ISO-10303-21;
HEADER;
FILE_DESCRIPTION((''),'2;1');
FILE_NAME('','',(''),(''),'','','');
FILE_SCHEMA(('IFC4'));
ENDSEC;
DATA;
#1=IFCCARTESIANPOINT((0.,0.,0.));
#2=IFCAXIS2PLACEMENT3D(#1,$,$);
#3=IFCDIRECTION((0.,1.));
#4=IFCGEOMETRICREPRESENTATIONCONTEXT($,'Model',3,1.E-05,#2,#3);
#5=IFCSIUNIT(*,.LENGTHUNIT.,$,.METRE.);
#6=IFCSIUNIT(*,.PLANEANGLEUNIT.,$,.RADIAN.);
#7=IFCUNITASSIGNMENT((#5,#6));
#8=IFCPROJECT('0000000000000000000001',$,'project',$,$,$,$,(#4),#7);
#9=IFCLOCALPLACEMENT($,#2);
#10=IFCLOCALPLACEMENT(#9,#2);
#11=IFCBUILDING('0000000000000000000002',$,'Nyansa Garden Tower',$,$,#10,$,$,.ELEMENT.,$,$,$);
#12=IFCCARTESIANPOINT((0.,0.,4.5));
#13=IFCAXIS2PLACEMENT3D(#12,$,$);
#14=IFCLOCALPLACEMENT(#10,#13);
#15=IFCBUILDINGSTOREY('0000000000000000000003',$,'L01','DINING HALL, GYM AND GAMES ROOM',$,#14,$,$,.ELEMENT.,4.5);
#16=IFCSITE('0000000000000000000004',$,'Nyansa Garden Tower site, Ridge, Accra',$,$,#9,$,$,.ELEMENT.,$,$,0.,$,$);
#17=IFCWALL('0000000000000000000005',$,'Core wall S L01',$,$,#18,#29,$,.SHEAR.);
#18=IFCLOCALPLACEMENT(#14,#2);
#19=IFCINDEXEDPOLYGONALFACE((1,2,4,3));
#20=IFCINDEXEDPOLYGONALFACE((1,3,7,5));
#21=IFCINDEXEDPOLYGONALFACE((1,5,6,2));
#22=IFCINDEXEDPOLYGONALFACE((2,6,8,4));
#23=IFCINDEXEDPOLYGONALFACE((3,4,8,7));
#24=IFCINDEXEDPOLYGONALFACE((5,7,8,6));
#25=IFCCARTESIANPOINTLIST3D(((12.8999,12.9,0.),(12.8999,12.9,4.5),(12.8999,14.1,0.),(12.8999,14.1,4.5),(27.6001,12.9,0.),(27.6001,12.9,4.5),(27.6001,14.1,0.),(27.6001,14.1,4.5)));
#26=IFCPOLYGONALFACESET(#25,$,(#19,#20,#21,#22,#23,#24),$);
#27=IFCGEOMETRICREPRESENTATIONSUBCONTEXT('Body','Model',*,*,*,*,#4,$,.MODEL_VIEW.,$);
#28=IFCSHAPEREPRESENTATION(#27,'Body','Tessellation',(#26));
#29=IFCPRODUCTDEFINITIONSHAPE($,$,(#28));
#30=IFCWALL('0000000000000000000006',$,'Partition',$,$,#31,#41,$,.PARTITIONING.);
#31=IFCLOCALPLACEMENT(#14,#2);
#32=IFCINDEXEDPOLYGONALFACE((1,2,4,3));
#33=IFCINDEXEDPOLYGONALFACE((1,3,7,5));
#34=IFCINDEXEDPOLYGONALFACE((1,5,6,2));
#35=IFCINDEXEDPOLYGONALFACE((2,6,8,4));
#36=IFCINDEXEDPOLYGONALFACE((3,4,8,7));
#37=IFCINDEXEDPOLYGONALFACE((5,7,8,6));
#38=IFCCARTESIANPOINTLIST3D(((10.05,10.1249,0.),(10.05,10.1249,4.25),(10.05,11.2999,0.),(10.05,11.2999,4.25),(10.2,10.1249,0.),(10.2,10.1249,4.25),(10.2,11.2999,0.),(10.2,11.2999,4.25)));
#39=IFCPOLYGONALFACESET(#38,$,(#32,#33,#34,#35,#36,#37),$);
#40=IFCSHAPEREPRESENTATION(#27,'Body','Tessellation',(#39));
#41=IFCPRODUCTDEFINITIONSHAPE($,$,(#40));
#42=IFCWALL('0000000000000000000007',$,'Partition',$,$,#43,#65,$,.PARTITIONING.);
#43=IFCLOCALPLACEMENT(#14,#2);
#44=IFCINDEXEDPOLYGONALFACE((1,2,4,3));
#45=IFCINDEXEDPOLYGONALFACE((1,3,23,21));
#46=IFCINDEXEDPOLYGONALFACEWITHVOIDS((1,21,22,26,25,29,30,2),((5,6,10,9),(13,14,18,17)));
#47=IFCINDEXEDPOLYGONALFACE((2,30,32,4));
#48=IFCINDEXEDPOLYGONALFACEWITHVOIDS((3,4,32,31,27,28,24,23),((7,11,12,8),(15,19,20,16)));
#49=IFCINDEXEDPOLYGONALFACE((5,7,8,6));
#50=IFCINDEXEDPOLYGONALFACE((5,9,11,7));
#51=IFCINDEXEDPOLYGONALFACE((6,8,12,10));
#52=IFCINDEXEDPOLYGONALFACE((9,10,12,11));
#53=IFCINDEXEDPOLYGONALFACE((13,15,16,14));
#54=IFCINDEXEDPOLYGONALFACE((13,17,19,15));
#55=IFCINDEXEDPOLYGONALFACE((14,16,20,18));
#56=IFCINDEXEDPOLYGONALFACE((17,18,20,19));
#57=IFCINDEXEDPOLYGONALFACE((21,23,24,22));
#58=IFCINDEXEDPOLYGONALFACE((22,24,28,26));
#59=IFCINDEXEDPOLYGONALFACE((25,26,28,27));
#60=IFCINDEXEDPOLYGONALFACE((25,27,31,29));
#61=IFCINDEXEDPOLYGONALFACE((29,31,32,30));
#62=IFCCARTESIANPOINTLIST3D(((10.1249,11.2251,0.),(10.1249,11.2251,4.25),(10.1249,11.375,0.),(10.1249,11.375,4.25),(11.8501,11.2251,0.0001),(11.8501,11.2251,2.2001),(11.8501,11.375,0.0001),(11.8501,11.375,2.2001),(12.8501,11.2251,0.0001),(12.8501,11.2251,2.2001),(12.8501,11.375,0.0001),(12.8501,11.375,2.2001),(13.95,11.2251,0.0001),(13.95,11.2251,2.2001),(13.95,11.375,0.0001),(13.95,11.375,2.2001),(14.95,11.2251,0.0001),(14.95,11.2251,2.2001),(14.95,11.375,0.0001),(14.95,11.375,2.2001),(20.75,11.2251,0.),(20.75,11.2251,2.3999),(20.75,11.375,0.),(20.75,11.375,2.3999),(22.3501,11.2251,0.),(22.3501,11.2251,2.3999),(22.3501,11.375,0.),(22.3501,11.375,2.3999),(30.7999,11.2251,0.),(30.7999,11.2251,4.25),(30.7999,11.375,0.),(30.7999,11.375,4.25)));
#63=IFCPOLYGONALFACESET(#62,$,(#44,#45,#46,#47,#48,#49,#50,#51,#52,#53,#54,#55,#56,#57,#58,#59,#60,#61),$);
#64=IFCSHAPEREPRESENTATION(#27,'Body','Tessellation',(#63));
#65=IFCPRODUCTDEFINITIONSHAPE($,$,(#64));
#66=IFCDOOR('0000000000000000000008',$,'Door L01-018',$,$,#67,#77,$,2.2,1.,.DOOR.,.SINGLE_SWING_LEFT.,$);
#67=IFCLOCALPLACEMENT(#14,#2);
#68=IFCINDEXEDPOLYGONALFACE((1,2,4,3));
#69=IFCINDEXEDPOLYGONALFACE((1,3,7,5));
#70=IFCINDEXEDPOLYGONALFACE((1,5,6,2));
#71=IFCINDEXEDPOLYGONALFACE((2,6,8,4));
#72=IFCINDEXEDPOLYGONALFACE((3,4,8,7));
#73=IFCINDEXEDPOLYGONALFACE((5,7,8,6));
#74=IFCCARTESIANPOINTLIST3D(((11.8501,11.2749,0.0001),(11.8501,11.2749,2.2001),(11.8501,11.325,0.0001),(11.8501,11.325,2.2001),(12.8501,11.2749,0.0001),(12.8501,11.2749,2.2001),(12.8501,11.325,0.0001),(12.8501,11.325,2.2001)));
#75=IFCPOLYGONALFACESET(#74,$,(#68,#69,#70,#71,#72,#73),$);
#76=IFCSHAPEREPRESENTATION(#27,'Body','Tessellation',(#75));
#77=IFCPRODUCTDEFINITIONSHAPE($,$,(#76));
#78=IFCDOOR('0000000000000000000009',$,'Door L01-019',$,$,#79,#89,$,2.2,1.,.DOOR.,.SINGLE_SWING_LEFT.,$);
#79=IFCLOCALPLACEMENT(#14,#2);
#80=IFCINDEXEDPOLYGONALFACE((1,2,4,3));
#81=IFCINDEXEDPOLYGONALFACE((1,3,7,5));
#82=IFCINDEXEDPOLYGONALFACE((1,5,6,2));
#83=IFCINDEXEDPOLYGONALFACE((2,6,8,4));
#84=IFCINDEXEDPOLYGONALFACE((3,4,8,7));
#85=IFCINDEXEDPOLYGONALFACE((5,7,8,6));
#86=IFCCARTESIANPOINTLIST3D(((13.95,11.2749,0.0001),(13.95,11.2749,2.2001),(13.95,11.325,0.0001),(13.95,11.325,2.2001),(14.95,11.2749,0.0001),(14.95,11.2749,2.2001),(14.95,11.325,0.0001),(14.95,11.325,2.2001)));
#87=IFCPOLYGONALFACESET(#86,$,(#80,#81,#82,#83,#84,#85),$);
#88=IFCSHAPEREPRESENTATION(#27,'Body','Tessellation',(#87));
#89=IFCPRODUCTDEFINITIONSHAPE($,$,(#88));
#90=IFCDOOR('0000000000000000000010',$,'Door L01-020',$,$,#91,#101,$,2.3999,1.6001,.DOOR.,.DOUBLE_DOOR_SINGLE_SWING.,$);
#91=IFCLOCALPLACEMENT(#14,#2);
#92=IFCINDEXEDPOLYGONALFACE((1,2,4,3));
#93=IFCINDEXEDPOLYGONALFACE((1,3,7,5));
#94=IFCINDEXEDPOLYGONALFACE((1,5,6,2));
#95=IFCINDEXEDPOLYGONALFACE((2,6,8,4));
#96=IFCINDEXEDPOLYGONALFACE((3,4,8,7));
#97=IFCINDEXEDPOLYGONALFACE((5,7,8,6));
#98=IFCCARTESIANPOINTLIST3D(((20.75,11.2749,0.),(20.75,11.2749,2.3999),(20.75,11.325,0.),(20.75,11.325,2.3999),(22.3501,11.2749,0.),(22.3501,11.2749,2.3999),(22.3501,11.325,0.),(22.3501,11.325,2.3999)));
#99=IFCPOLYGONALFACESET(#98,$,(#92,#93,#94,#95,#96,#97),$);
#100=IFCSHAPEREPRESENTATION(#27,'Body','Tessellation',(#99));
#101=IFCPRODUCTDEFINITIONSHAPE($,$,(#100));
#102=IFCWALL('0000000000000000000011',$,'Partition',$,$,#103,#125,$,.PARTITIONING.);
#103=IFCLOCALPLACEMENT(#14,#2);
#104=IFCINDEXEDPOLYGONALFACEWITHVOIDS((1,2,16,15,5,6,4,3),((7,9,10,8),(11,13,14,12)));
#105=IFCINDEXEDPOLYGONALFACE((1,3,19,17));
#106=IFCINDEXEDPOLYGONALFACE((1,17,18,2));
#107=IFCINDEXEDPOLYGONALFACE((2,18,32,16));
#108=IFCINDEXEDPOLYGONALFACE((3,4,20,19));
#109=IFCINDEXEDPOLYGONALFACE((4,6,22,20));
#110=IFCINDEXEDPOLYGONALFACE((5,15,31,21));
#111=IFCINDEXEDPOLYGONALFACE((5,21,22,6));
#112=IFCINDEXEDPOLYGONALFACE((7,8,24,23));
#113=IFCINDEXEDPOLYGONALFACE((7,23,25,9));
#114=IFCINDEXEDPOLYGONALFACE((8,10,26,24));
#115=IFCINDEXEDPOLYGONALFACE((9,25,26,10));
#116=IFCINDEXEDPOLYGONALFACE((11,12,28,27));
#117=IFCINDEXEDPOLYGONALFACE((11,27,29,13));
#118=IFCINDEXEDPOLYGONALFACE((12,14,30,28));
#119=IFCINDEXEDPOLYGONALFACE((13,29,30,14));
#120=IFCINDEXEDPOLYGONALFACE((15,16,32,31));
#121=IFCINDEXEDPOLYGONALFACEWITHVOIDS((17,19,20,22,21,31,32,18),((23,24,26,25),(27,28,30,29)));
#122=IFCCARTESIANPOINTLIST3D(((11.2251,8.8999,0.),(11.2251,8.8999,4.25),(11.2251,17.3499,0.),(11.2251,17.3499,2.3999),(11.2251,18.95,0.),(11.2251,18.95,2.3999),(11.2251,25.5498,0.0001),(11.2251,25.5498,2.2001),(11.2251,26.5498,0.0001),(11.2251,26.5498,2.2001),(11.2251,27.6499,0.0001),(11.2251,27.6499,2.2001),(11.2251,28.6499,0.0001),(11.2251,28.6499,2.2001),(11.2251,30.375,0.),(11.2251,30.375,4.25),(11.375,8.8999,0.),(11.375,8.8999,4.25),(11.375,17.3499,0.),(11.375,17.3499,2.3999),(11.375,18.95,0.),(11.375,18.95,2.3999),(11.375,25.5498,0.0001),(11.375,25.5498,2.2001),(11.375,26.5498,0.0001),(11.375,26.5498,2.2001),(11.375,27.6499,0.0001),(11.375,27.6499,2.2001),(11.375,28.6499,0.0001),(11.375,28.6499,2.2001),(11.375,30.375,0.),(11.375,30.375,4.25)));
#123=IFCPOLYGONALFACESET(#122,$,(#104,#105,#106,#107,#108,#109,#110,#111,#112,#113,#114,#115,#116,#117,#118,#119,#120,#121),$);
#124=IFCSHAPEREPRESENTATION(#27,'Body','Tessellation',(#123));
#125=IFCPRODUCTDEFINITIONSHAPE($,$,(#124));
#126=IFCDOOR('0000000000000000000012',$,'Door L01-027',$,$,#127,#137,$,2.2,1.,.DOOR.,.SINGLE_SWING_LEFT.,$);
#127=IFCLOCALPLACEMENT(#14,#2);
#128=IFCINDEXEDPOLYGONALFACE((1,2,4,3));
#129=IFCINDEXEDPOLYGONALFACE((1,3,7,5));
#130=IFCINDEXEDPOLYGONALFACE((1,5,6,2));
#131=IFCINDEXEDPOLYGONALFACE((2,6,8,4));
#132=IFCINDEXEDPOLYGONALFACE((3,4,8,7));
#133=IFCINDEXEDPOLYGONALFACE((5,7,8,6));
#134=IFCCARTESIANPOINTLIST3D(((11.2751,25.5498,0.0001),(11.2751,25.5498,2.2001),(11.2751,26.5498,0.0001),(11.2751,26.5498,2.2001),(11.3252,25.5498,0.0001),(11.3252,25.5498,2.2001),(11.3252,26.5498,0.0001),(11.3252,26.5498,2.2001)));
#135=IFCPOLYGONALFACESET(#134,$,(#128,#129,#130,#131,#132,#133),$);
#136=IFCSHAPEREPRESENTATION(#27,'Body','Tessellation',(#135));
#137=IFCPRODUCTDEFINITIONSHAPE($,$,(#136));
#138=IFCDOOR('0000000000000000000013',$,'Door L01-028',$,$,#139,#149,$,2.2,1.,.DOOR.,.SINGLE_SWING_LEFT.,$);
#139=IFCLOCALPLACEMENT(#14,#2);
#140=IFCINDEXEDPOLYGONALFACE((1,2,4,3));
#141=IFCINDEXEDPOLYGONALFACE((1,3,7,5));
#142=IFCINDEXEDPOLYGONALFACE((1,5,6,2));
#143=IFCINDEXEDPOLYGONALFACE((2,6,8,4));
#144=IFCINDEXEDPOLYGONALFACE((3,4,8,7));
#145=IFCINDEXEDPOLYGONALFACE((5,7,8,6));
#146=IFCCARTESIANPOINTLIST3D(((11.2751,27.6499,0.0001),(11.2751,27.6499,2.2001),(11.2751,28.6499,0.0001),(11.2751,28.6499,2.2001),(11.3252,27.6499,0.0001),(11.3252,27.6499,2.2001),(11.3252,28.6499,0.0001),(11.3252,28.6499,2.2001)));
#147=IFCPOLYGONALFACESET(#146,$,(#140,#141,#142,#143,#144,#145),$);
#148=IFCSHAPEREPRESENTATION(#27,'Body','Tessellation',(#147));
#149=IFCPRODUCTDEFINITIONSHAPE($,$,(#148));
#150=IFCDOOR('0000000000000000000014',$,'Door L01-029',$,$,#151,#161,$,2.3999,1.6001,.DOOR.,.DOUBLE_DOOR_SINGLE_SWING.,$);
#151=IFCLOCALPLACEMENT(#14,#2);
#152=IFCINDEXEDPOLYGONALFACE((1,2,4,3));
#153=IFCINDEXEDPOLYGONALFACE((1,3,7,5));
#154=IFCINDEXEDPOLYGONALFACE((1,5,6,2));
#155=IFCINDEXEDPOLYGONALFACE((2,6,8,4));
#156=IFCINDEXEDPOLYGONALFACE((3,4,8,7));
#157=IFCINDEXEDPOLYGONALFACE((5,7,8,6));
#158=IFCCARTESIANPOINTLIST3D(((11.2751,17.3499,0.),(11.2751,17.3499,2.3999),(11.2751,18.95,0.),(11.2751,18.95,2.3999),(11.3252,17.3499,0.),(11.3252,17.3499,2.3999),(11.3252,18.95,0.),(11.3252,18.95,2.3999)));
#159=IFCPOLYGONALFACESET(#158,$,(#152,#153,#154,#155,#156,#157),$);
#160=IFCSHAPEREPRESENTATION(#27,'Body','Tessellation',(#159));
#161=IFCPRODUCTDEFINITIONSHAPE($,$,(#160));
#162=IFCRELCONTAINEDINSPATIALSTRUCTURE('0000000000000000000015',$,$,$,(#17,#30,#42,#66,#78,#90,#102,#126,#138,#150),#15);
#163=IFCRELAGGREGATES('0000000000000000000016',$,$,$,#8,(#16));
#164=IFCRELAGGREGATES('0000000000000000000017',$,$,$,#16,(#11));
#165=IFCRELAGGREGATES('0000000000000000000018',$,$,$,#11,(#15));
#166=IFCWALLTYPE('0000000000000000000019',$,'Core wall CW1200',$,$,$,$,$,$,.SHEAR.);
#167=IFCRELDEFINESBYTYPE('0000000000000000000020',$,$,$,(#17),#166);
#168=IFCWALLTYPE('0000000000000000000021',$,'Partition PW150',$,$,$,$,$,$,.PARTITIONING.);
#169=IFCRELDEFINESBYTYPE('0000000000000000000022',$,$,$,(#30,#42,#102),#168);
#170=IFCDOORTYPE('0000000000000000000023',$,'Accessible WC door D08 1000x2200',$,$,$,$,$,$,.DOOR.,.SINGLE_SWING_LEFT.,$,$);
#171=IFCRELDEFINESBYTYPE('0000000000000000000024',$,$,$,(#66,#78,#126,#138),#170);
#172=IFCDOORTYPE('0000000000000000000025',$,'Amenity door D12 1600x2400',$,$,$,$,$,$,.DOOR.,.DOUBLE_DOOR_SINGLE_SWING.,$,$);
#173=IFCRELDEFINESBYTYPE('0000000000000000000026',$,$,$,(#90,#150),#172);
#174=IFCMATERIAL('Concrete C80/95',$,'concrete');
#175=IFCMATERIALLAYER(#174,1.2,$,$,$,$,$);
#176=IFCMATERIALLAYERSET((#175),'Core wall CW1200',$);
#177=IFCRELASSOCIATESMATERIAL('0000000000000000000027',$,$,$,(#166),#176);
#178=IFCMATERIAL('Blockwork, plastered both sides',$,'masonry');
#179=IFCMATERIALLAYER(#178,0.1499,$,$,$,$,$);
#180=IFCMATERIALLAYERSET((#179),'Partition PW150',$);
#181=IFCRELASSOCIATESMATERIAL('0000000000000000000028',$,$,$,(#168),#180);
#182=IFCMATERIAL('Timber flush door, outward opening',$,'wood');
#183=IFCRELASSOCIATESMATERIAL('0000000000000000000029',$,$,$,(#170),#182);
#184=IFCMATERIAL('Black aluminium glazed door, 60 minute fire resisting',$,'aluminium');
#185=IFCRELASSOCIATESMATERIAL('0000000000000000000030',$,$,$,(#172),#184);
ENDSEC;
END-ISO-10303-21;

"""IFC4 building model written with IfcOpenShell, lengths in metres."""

from ifc_helpers import new_model, si_unit, direction, frame, frame_2d, origin, place, context, subcontext, project, spatial, rectangle, extrude, material, layer, layer_set, type_object, element, fill, save


model = new_model("IFC4")

# Units and contexts
model_context = context("Model", 3, precision=1e-05, world=origin(), true_north=direction((0.0, 1.0)))
body_context = subcontext(model_context, "Body", "Model", "MODEL_VIEW")
ifc_project = project(units=[si_unit("LENGTHUNIT", "METRE"), si_unit("PLANEANGLEUNIT", "RADIAN")], contexts=[model_context])

# Site, building, storey
site_placement = place(None, origin())
site = spatial("IfcSite", under=ifc_project, at=site_placement, Name="Nyansa Garden Tower site, Ridge, Accra", CompositionType="ELEMENT", RefElevation=0.0)
building_placement = place(site_placement, origin())
building = spatial("IfcBuilding", under=site, at=building_placement, Name="Nyansa Garden Tower", CompositionType="ELEMENT")
storey_placement = place(building_placement, frame((0.0, 0.0, 4.5)))
storey = spatial("IfcBuildingStorey", under=building, at=storey_placement, Name="L01", Description="DINING HALL, GYM AND GAMES ROOM", CompositionType="ELEMENT", Elevation=4.5)

# Walls
ifc_material_1 = material(Name="Concrete C80/95", Category="concrete")
ifc_layer_1 = layer(ifc_material_1, 1.2)
ifc_layer_set_1 = layer_set([ifc_layer_1], Name="Core wall CW1200")
wall_type_1 = type_object("IfcWallType", Name="Core wall CW1200", PredefinedType="SHEAR", material=ifc_layer_set_1)
wall_1_placement = place(storey_placement, frame((12.8999, 13.5, 0.0), z_axis=(0.0, 0.0, 1.0), x_axis=(1.0, 0.0, 0.0)))
element("IfcWall", 1, at=wall_1_placement, inside=storey, type_object=wall_type_1, Name="Core wall S L01", PredefinedType="SHEAR", context=body_context, shape_type="SweptSolid", body=[
    extrude(rectangle(XDim=14.7002, YDim=1.2, at=frame_2d((7.3501, 0.0))), origin(), (0.0, 0.0, 1.0), 4.5),
])
ifc_material_2 = material(Name="Blockwork, plastered both sides", Category="masonry")
ifc_layer_2 = layer(ifc_material_2, 0.1499)
ifc_layer_set_2 = layer_set([ifc_layer_2], Name="Partition PW150")
wall_type_2 = type_object("IfcWallType", Name="Partition PW150", PredefinedType="PARTITIONING", material=ifc_layer_set_2)
wall_2_placement = place(storey_placement, frame((10.125, 10.125, 0.0), z_axis=(0.0, 0.0, 1.0), x_axis=(0.0, 1.0, 0.0)))
element("IfcWall", 2, at=wall_2_placement, inside=storey, type_object=wall_type_2, Name="Partition", PredefinedType="PARTITIONING", context=body_context, shape_type="SweptSolid", body=[
    extrude(rectangle(XDim=1.175, YDim=0.1499, at=frame_2d((0.5874, 0.0))), origin(), (0.0, 0.0, 1.0), 4.25),
])

# Walls, openings, doors
wall_3_placement = place(storey_placement, frame((10.125, 11.3, 0.0), z_axis=(0.0, 0.0, 1.0), x_axis=(1.0, 0.0, 0.0)))
wall_3 = element("IfcWall", 3, at=wall_3_placement, inside=storey, type_object=wall_type_2, Name="Partition", PredefinedType="PARTITIONING", context=body_context, shape_type="SweptSolid", body=[
    extrude(rectangle(XDim=20.675, YDim=0.1499, at=frame_2d((10.3374, 0.0))), origin(), (0.0, 0.0, 1.0), 4.25),
])
opening_1_placement = place(wall_3_placement, frame((1.7251, 0.0, 0.0)))
opening_1 = element("IfcOpeningElement", 4, at=opening_1_placement, cuts=wall_3, PredefinedType="OPENING", context=body_context, shape_type="SweptSolid", body=[
    extrude(rectangle(XDim=1.0, YDim=2.2, at=frame_2d((0.5, 1.1001))), frame((0.0, 0.085, 0.0), z_axis=(0.0, -1.0, 0.0), x_axis=(1.0, 0.0, 0.0)), (0.0, 0.0, 1.0), 0.1699),
])
opening_2_placement = place(wall_3_placement, frame((3.825, 0.0, 0.0)))
opening_2 = element("IfcOpeningElement", 5, at=opening_2_placement, cuts=wall_3, PredefinedType="OPENING", context=body_context, shape_type="SweptSolid", body=[
    extrude(rectangle(XDim=1.0, YDim=2.2, at=frame_2d((0.5, 1.1001))), frame((0.0, 0.085, 0.0), z_axis=(0.0, -1.0, 0.0), x_axis=(1.0, 0.0, 0.0)), (0.0, 0.0, 1.0), 0.1699),
])
opening_3_placement = place(wall_3_placement, frame((10.625, 0.0, 0.0)))
opening_3 = element("IfcOpeningElement", 6, at=opening_3_placement, cuts=wall_3, PredefinedType="OPENING", context=body_context, shape_type="SweptSolid", body=[
    extrude(rectangle(XDim=1.6001, YDim=2.3999, at=frame_2d((0.8, 1.2))), frame((0.0, 0.085, 0.0), z_axis=(0.0, -1.0, 0.0), x_axis=(1.0, 0.0, 0.0)), (0.0, 0.0, 1.0), 0.1699),
])
ifc_material_3 = material(Name="Timber flush door, outward opening", Category="wood")
door_type_1 = type_object("IfcDoorType", Name="Accessible WC door D08 1000x2200", OperationType="SINGLE_SWING_LEFT", PredefinedType="DOOR", material=ifc_material_3)
door_1_placement = place(opening_1_placement, origin())
door_1 = element("IfcDoor", 7, at=door_1_placement, inside=storey, type_object=door_type_1, Name="Door L01-018", OperationType="SINGLE_SWING_LEFT", OverallHeight=2.2, OverallWidth=1.0, PredefinedType="DOOR", context=body_context, shape_type="SweptSolid", body=[
    extrude(rectangle(XDim=1.0, YDim=2.2, at=frame_2d((0.5, 1.1001))), frame((0.0, 0.0249, 0.0), z_axis=(0.0, -1.0, 0.0), x_axis=(1.0, 0.0, 0.0)), (0.0, 0.0, 1.0), 0.05),
])
fill(opening_1, door_1)
door_2_placement = place(opening_2_placement, origin())
door_2 = element("IfcDoor", 8, at=door_2_placement, inside=storey, type_object=door_type_1, Name="Door L01-019", OperationType="SINGLE_SWING_LEFT", OverallHeight=2.2, OverallWidth=1.0, PredefinedType="DOOR", context=body_context, shape_type="SweptSolid", body=[
    extrude(rectangle(XDim=1.0, YDim=2.2, at=frame_2d((0.5, 1.1001))), frame((0.0, 0.0249, 0.0), z_axis=(0.0, -1.0, 0.0), x_axis=(1.0, 0.0, 0.0)), (0.0, 0.0, 1.0), 0.05),
])
fill(opening_2, door_2)
ifc_material_4 = material(Name="Black aluminium glazed door, 60 minute fire resisting", Category="aluminium")
door_type_2 = type_object("IfcDoorType", Name="Amenity door D12 1600x2400", OperationType="DOUBLE_DOOR_SINGLE_SWING", PredefinedType="DOOR", material=ifc_material_4)
door_3_placement = place(opening_3_placement, origin())
door_3 = element("IfcDoor", 9, at=door_3_placement, inside=storey, type_object=door_type_2, Name="Door L01-020", OperationType="DOUBLE_DOOR_SINGLE_SWING", OverallHeight=2.3999, OverallWidth=1.6001, PredefinedType="DOOR", context=body_context, shape_type="SweptSolid", body=[
    extrude(rectangle(XDim=1.6001, YDim=2.3999, at=frame_2d((0.8, 1.2))), frame((0.0, 0.0249, 0.0), z_axis=(0.0, -1.0, 0.0), x_axis=(1.0, 0.0, 0.0)), (0.0, 0.0, 1.0), 0.05),
])
fill(opening_3, door_3)
wall_4_placement = place(storey_placement, frame((11.3, 8.8999, 0.0), z_axis=(0.0, 0.0, 1.0), x_axis=(0.0, 1.0, 0.0)))
wall_4 = element("IfcWall", 10, at=wall_4_placement, inside=storey, type_object=wall_type_2, Name="Partition", PredefinedType="PARTITIONING", context=body_context, shape_type="SweptSolid", body=[
    extrude(rectangle(XDim=21.4751, YDim=0.1499, at=frame_2d((10.7375, 0.0))), origin(), (0.0, 0.0, 1.0), 4.25),
])
opening_4_placement = place(wall_4_placement, frame((16.6499, 0.0, 0.0)))
opening_4 = element("IfcOpeningElement", 11, at=opening_4_placement, cuts=wall_4, PredefinedType="OPENING", context=body_context, shape_type="SweptSolid", body=[
    extrude(rectangle(XDim=1.0, YDim=2.2, at=frame_2d((0.5, 1.1001))), frame((0.0, 0.085, 0.0), z_axis=(0.0, -1.0, 0.0), x_axis=(1.0, 0.0, 0.0)), (0.0, 0.0, 1.0), 0.1699),
])
opening_5_placement = place(wall_4_placement, frame((18.75, 0.0, 0.0)))
opening_5 = element("IfcOpeningElement", 12, at=opening_5_placement, cuts=wall_4, PredefinedType="OPENING", context=body_context, shape_type="SweptSolid", body=[
    extrude(rectangle(XDim=1.0, YDim=2.2, at=frame_2d((0.5, 1.1001))), frame((0.0, 0.085, 0.0), z_axis=(0.0, -1.0, 0.0), x_axis=(1.0, 0.0, 0.0)), (0.0, 0.0, 1.0), 0.1699),
])
opening_6_placement = place(wall_4_placement, frame((8.45, 0.0, 0.0)))
opening_6 = element("IfcOpeningElement", 13, at=opening_6_placement, cuts=wall_4, PredefinedType="OPENING", context=body_context, shape_type="SweptSolid", body=[
    extrude(rectangle(XDim=1.6001, YDim=2.3999, at=frame_2d((0.8, 1.2))), frame((0.0, 0.085, 0.0), z_axis=(0.0, -1.0, 0.0), x_axis=(1.0, 0.0, 0.0)), (0.0, 0.0, 1.0), 0.1699),
])
door_4_placement = place(opening_4_placement, origin())
door_4 = element("IfcDoor", 14, at=door_4_placement, inside=storey, type_object=door_type_1, Name="Door L01-027", OperationType="SINGLE_SWING_LEFT", OverallHeight=2.2, OverallWidth=1.0, PredefinedType="DOOR", context=body_context, shape_type="SweptSolid", body=[
    extrude(rectangle(XDim=1.0, YDim=2.2, at=frame_2d((0.5, 1.1001))), frame((0.0, 0.0249, 0.0), z_axis=(0.0, -1.0, 0.0), x_axis=(1.0, 0.0, 0.0)), (0.0, 0.0, 1.0), 0.05),
])
fill(opening_4, door_4)
door_5_placement = place(opening_5_placement, origin())
door_5 = element("IfcDoor", 15, at=door_5_placement, inside=storey, type_object=door_type_1, Name="Door L01-028", OperationType="SINGLE_SWING_LEFT", OverallHeight=2.2, OverallWidth=1.0, PredefinedType="DOOR", context=body_context, shape_type="SweptSolid", body=[
    extrude(rectangle(XDim=1.0, YDim=2.2, at=frame_2d((0.5, 1.1001))), frame((0.0, 0.0249, 0.0), z_axis=(0.0, -1.0, 0.0), x_axis=(1.0, 0.0, 0.0)), (0.0, 0.0, 1.0), 0.05),
])
fill(opening_5, door_5)
door_6_placement = place(opening_6_placement, origin())
door_6 = element("IfcDoor", 16, at=door_6_placement, inside=storey, type_object=door_type_2, Name="Door L01-029", OperationType="DOUBLE_DOOR_SINGLE_SWING", OverallHeight=2.3999, OverallWidth=1.6001, PredefinedType="DOOR", context=body_context, shape_type="SweptSolid", body=[
    extrude(rectangle(XDim=1.6001, YDim=2.3999, at=frame_2d((0.8, 1.2))), frame((0.0, 0.0249, 0.0), z_axis=(0.0, -1.0, 0.0), x_axis=(1.0, 0.0, 0.0)), (0.0, 0.0, 1.0), 0.05),
])
fill(opening_6, door_6)

save(model, "model.ifc")
